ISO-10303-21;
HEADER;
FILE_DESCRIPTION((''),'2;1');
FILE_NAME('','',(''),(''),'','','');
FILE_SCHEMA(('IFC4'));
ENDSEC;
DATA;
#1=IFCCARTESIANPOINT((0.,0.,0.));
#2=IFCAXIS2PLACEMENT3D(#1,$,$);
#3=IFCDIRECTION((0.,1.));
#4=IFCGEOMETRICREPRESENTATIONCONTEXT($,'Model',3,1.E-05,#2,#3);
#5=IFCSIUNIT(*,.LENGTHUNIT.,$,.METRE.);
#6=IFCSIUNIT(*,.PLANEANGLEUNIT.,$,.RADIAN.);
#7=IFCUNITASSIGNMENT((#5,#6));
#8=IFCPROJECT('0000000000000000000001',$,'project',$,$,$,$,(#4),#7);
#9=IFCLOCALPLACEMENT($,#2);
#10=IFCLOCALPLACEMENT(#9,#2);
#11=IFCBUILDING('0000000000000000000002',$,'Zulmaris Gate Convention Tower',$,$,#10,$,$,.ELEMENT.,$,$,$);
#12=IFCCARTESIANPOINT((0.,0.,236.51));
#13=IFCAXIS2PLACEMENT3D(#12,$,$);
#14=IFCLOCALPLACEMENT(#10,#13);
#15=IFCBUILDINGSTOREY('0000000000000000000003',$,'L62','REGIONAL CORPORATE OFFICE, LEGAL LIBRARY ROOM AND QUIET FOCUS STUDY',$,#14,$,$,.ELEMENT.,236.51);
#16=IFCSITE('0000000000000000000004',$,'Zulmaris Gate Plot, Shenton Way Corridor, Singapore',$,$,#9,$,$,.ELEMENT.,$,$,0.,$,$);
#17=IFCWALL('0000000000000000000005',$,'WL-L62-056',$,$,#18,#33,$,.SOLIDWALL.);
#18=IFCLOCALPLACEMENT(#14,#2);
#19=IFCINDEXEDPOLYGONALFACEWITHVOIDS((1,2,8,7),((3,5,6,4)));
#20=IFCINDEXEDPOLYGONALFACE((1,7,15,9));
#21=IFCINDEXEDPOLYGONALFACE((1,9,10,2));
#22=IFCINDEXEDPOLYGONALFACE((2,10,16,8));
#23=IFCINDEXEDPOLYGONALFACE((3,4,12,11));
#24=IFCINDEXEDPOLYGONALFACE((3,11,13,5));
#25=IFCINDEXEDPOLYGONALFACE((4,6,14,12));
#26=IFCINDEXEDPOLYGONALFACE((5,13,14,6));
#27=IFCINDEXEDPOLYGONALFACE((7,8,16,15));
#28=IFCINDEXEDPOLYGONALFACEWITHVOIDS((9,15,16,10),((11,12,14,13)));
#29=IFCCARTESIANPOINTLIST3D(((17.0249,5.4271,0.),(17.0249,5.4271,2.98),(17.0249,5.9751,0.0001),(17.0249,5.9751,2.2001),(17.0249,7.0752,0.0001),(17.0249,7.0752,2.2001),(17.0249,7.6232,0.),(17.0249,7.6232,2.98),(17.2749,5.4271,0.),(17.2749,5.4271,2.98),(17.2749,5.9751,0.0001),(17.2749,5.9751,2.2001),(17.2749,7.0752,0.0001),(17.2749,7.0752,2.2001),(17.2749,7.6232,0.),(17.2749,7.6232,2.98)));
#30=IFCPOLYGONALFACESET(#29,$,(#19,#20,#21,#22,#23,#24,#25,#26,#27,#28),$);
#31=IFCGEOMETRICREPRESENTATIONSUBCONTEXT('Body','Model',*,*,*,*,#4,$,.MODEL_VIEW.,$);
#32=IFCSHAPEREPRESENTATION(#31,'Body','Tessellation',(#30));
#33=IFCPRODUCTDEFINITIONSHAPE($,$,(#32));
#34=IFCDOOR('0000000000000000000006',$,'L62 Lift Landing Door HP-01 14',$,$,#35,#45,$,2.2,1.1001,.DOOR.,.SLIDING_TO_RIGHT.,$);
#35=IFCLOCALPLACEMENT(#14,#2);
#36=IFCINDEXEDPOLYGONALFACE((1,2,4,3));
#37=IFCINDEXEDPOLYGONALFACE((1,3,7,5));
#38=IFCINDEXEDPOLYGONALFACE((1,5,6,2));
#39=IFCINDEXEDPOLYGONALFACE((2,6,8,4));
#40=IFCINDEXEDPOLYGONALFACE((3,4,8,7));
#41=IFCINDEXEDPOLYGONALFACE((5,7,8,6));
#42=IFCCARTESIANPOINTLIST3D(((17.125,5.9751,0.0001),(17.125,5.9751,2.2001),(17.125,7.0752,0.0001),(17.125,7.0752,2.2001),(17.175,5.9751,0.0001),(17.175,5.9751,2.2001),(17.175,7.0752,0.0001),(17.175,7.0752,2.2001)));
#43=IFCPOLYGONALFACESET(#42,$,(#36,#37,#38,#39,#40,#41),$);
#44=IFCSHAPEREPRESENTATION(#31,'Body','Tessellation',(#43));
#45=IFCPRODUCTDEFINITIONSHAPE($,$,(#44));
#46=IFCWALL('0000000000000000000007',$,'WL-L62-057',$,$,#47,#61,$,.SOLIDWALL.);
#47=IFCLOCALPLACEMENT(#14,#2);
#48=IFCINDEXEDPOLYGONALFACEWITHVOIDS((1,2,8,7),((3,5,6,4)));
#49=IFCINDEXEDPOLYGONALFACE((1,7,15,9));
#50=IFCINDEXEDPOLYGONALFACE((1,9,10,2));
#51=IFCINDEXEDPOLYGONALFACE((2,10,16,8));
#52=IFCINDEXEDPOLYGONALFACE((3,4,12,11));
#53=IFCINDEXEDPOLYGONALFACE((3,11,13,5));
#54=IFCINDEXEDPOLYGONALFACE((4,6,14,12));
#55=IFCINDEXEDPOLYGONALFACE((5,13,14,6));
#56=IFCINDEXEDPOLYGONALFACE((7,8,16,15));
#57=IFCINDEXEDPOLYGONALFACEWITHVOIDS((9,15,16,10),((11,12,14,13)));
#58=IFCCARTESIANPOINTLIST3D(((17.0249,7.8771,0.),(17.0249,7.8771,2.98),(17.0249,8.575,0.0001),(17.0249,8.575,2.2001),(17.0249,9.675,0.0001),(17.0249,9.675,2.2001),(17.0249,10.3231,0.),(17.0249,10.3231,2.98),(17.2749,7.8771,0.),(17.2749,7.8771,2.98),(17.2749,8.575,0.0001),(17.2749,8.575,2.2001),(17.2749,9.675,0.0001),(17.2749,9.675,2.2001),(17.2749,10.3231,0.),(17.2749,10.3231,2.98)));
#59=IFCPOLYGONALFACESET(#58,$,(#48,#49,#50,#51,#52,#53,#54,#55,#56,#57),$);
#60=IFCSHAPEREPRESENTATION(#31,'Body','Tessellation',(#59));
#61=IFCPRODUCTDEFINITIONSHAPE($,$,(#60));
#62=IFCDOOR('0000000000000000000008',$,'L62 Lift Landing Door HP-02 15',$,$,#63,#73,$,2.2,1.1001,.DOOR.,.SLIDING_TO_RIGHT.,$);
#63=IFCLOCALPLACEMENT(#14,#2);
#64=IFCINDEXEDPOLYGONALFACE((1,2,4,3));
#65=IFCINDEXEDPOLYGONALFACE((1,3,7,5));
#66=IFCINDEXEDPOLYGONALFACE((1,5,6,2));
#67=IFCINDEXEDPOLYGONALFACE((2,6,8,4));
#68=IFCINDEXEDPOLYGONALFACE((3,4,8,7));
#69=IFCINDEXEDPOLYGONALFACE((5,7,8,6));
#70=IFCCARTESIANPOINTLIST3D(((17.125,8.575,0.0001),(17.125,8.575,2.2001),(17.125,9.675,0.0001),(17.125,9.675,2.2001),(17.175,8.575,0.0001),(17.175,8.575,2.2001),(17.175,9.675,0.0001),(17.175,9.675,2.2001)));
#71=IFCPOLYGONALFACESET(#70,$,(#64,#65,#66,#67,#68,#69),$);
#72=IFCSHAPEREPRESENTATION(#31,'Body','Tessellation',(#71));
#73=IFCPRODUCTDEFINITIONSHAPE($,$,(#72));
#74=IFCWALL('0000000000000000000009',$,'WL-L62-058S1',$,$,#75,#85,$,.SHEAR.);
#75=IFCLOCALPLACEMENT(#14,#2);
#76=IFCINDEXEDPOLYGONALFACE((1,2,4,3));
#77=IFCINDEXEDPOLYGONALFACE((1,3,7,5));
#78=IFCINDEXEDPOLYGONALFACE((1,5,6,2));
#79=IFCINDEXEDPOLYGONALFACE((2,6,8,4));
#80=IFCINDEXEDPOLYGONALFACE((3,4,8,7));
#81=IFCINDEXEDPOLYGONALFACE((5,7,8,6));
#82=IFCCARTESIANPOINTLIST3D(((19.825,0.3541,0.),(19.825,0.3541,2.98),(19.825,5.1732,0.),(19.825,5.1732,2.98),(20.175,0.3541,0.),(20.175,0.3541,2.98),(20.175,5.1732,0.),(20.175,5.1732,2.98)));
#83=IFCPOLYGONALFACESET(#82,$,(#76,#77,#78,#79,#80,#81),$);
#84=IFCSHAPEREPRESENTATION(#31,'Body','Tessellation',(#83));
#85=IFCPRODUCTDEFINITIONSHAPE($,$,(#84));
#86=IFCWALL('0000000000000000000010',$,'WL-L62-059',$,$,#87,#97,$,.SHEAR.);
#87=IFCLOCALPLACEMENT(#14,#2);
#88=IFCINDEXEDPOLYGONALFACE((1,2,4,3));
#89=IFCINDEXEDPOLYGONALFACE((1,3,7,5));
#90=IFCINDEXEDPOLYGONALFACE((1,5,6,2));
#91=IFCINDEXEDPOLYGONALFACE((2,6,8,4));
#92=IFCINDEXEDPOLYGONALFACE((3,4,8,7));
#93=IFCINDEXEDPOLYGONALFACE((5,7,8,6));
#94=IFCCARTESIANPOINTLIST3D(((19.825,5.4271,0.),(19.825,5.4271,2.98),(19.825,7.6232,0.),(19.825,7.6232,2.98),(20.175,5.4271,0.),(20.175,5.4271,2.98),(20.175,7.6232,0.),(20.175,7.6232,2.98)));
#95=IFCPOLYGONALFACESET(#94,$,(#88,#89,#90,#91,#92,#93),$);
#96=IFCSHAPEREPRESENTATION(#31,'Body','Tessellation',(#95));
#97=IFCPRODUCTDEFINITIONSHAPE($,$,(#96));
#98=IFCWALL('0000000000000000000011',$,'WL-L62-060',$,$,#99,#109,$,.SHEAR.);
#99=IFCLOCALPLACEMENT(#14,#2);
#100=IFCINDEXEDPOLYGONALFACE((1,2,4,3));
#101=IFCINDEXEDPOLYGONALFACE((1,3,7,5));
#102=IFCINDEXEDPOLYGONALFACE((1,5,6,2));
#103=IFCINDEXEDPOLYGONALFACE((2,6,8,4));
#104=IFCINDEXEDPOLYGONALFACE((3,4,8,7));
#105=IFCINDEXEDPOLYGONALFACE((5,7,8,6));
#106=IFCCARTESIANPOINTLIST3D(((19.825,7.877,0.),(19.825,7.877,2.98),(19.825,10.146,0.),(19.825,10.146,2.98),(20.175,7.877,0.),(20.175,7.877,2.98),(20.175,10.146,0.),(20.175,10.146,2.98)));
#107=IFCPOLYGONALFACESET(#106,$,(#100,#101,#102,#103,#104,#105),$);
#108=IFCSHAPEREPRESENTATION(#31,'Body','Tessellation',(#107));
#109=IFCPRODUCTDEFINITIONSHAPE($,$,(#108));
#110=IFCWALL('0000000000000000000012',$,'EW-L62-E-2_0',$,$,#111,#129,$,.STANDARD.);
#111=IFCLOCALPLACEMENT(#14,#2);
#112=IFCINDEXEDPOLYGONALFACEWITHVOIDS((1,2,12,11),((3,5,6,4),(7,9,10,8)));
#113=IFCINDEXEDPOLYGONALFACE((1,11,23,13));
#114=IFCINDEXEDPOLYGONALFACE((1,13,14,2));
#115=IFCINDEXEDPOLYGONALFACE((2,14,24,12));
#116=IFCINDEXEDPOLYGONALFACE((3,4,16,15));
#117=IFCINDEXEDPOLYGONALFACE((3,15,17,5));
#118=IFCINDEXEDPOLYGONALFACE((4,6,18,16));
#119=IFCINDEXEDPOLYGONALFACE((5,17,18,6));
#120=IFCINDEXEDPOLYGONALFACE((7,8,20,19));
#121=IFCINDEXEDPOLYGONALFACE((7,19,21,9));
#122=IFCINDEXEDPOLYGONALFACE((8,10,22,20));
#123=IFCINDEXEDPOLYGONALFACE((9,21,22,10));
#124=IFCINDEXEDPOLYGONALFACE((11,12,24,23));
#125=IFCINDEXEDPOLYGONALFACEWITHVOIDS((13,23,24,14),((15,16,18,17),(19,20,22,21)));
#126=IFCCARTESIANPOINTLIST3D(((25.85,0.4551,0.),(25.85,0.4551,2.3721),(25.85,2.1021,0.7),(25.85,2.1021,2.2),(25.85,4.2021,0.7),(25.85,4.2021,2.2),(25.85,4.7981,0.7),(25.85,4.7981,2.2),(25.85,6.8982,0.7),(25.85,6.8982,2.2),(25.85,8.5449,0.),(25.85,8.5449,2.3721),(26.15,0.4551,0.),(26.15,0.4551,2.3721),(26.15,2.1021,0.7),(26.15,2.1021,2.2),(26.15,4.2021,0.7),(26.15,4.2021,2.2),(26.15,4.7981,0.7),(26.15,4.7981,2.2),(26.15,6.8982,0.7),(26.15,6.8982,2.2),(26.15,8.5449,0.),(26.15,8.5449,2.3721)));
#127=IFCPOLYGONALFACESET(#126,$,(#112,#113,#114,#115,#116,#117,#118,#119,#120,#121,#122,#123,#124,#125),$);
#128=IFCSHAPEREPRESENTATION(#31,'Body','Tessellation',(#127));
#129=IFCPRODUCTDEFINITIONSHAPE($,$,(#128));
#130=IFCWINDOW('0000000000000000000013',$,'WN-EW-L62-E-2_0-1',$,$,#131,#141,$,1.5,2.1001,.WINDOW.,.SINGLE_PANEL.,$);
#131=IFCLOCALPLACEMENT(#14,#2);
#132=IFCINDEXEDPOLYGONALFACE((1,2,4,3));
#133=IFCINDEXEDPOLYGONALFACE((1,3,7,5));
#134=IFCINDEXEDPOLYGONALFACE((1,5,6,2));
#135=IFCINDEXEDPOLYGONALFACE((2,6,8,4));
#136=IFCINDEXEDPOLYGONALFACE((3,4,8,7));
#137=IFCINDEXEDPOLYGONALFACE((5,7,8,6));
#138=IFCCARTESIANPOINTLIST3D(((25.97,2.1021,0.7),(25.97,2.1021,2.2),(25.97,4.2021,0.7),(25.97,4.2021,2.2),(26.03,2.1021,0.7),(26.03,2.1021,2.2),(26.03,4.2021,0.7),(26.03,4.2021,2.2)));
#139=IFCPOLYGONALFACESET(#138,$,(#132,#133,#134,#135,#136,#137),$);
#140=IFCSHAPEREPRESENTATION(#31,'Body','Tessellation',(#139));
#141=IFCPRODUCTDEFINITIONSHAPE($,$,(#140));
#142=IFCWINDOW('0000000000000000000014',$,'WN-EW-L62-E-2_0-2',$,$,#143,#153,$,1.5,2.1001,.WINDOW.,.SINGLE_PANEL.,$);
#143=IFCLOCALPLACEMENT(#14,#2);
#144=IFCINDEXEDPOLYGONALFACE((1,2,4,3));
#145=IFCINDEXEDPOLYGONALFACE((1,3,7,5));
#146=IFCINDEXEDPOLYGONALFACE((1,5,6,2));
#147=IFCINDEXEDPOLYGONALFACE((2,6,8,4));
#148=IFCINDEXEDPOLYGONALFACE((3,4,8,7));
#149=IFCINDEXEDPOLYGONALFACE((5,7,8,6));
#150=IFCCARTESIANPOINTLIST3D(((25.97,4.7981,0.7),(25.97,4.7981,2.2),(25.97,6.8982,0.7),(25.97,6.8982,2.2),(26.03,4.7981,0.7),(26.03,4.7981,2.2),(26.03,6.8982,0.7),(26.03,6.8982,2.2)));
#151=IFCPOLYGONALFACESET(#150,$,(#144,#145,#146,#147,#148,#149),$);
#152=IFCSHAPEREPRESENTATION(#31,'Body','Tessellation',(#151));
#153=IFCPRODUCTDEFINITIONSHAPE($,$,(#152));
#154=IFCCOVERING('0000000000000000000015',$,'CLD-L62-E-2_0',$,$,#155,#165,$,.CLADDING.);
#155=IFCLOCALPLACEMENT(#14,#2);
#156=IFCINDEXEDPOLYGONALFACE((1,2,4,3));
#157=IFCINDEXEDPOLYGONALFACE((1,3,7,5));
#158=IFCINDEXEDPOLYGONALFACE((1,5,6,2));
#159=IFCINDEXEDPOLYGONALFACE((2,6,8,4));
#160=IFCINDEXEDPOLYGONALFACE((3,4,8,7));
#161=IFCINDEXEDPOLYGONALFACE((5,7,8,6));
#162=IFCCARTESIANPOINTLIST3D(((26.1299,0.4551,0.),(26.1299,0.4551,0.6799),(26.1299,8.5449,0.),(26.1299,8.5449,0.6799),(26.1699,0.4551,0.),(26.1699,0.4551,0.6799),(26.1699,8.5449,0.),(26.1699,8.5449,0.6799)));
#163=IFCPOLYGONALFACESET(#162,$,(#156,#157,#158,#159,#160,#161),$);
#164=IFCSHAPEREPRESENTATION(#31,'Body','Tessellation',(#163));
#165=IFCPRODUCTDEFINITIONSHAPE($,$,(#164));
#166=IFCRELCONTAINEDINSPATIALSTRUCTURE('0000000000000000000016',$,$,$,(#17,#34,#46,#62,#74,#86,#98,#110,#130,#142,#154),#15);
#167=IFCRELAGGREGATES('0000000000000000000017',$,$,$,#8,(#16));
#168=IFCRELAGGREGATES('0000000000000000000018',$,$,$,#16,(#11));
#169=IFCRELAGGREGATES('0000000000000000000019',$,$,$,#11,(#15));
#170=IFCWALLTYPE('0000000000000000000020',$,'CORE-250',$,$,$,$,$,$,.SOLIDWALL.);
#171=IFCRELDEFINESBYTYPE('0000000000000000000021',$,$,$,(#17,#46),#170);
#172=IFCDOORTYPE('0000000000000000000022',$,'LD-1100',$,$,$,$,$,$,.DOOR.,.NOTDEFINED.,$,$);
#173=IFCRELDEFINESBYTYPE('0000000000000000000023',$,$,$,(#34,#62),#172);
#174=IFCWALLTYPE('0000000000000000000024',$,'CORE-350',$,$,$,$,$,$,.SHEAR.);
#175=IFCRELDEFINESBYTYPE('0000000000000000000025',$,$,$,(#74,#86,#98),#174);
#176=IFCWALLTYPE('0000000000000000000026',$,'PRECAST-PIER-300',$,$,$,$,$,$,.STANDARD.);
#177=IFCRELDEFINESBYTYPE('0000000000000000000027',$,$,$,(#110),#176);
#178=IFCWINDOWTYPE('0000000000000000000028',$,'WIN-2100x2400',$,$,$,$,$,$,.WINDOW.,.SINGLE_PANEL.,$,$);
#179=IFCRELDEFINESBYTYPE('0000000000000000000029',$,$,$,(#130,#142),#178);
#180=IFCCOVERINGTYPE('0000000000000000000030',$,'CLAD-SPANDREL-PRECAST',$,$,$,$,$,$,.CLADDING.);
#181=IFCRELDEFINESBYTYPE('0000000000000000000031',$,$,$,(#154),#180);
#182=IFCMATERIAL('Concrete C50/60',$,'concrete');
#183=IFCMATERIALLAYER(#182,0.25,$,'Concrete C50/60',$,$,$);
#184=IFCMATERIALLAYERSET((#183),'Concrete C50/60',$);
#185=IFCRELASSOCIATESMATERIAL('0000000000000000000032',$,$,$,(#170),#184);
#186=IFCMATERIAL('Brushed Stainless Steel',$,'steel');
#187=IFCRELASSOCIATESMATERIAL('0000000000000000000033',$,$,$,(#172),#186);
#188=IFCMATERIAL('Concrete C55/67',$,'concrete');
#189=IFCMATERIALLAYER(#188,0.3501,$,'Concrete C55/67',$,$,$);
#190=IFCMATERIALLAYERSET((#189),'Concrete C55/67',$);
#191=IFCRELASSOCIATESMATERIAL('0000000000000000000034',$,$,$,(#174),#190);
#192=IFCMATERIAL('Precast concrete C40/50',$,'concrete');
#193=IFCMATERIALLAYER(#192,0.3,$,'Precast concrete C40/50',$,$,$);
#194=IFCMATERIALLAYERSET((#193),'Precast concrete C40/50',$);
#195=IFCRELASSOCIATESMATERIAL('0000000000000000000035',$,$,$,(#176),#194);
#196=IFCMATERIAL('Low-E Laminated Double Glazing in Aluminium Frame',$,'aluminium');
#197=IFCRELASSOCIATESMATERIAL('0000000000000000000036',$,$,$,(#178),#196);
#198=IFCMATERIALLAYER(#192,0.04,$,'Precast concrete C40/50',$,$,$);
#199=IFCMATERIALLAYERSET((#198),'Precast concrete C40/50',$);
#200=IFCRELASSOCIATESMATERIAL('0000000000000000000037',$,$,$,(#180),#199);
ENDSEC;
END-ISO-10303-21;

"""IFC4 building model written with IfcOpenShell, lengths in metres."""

from ifc_helpers import new_model, si_unit, direction, frame, frame_2d, origin, place, context, subcontext, project, spatial, rectangle, extrude, material, layer, layer_set, type_object, element, fill, save


model = new_model("IFC4")

# Units and contexts
model_context = context("Model", 3, precision=1e-05, world=origin(), true_north=direction((0.0, 1.0)))
body_context = subcontext(model_context, "Body", "Model", "MODEL_VIEW")
ifc_project = project(units=[si_unit("LENGTHUNIT", "METRE"), si_unit("PLANEANGLEUNIT", "RADIAN")], contexts=[model_context])

# Site, building, storey
site_placement = place(None, origin())
site = spatial("IfcSite", under=ifc_project, at=site_placement, Name="Zulmaris Gate Plot, Shenton Way Corridor, Singapore", CompositionType="ELEMENT", RefElevation=0.0)
building_placement = place(site_placement, origin())
building = spatial("IfcBuilding", under=site, at=building_placement, Name="Zulmaris Gate Convention Tower", CompositionType="ELEMENT")
storey_placement = place(building_placement, frame((0.0, 0.0, 236.51)))
storey = spatial("IfcBuildingStorey", under=building, at=storey_placement, Name="L62", Description="REGIONAL CORPORATE OFFICE, LEGAL LIBRARY ROOM AND QUIET FOCUS STUDY", CompositionType="ELEMENT", Elevation=236.51)

# Shared definitions
ifc_material_1 = material(Name="Concrete C50/60", Category="concrete")

# Shared definitions
ifc_layer_1 = layer(ifc_material_1, 0.25, Name="Concrete C50/60")
ifc_layer_set_1 = layer_set([ifc_layer_1], Name="Concrete C50/60")
wall_type_1 = type_object("IfcWallType", Name="CORE-250", PredefinedType="SOLIDWALL", material=ifc_layer_set_1)

# Walls, openings, doors
wall_1_placement = place(storey_placement, frame((17.1499, 5.427, 0.0), z_axis=(0.0, 0.0, 1.0), x_axis=(0.0, 1.0, 0.0)))
wall_1 = element("IfcWall", 1, at=wall_1_placement, inside=storey, type_object=wall_type_1, Name="WL-L62-056", PredefinedType="SOLIDWALL", context=body_context, shape_type="SweptSolid", body=[
    extrude(rectangle(XDim=2.196, YDim=0.25, at=frame_2d((1.0981, 0.0))), origin(), (0.0, 0.0, 1.0), 2.98),
])
opening_1_placement = place(wall_1_placement, frame((0.5481, 0.0, 0.0)))
opening_1 = element("IfcOpeningElement", 2, at=opening_1_placement, cuts=wall_1, PredefinedType="OPENING", context=body_context, shape_type="SweptSolid", body=[
    extrude(rectangle(XDim=1.1001, YDim=2.2, at=frame_2d((0.55, 1.1001))), frame((0.0, 0.135, 0.0), z_axis=(0.0, -1.0, 0.0), x_axis=(1.0, 0.0, 0.0)), (0.0, 0.0, 1.0), 0.27),
])
ifc_material_2 = material(Name="Brushed Stainless Steel", Category="steel")
door_type = type_object("IfcDoorType", Name="LD-1100", OperationType="NOTDEFINED", PredefinedType="DOOR", material=ifc_material_2)
door_1_placement = place(opening_1_placement, origin())
door_1 = element("IfcDoor", 3, at=door_1_placement, inside=storey, type_object=door_type, Name="L62 Lift Landing Door HP-01 14", OperationType="SLIDING_TO_RIGHT", OverallHeight=2.2, OverallWidth=1.1001, PredefinedType="DOOR", context=body_context, shape_type="SweptSolid", body=[
    extrude(rectangle(XDim=1.1001, YDim=2.2, at=frame_2d((0.55, 1.1001))), frame((0.0, 0.0249, 0.0), z_axis=(0.0, -1.0, 0.0), x_axis=(1.0, 0.0, 0.0)), (0.0, 0.0, 1.0), 0.05),
])
fill(opening_1, door_1)
wall_2_placement = place(storey_placement, frame((17.1499, 7.877, 0.0), z_axis=(0.0, 0.0, 1.0), x_axis=(0.0, 1.0, 0.0)))
wall_2 = element("IfcWall", 4, at=wall_2_placement, inside=storey, type_object=wall_type_1, Name="WL-L62-057", PredefinedType="SOLIDWALL", context=body_context, shape_type="SweptSolid", body=[
    extrude(rectangle(XDim=2.446, YDim=0.25, at=frame_2d((1.2231, 0.0))), origin(), (0.0, 0.0, 1.0), 2.98),
])
opening_2_placement = place(wall_2_placement, frame((0.698, 0.0, 0.0)))
opening_2 = element("IfcOpeningElement", 5, at=opening_2_placement, cuts=wall_2, PredefinedType="OPENING", context=body_context, shape_type="SweptSolid", body=[
    extrude(rectangle(XDim=1.1001, YDim=2.2, at=frame_2d((0.55, 1.1001))), frame((0.0, 0.135, 0.0), z_axis=(0.0, -1.0, 0.0), x_axis=(1.0, 0.0, 0.0)), (0.0, 0.0, 1.0), 0.27),
])
door_2_placement = place(opening_2_placement, origin())
door_2 = element("IfcDoor", 6, at=door_2_placement, inside=storey, type_object=door_type, Name="L62 Lift Landing Door HP-02 15", OperationType="SLIDING_TO_RIGHT", OverallHeight=2.2, OverallWidth=1.1001, PredefinedType="DOOR", context=body_context, shape_type="SweptSolid", body=[
    extrude(rectangle(XDim=1.1001, YDim=2.2, at=frame_2d((0.55, 1.1001))), frame((0.0, 0.0249, 0.0), z_axis=(0.0, -1.0, 0.0), x_axis=(1.0, 0.0, 0.0)), (0.0, 0.0, 1.0), 0.05),
])
fill(opening_2, door_2)

# Walls
ifc_material_3 = material(Name="Concrete C55/67", Category="concrete")
ifc_layer_2 = layer(ifc_material_3, 0.3501, Name="Concrete C55/67")
ifc_layer_set_2 = layer_set([ifc_layer_2], Name="Concrete C55/67")
wall_type_2 = type_object("IfcWallType", Name="CORE-350", PredefinedType="SHEAR", material=ifc_layer_set_2)
wall_3_placement = place(storey_placement, frame((20.0, 0.354, 0.0), z_axis=(0.0, 0.0, 1.0), x_axis=(0.0, 1.0, 0.0)))
element("IfcWall", 7, at=wall_3_placement, inside=storey, type_object=wall_type_2, Name="WL-L62-058S1", PredefinedType="SHEAR", context=body_context, shape_type="SweptSolid", body=[
    extrude(rectangle(XDim=4.8191, YDim=0.3501, at=frame_2d((2.4097, 0.0))), origin(), (0.0, 0.0, 1.0), 2.98),
])
wall_4_placement = place(storey_placement, frame((20.0, 5.427, 0.0), z_axis=(0.0, 0.0, 1.0), x_axis=(0.0, 1.0, 0.0)))
element("IfcWall", 8, at=wall_4_placement, inside=storey, type_object=wall_type_2, Name="WL-L62-059", PredefinedType="SHEAR", context=body_context, shape_type="SweptSolid", body=[
    extrude(rectangle(XDim=2.196, YDim=0.3501, at=frame_2d((1.0981, 0.0))), origin(), (0.0, 0.0, 1.0), 2.98),
])
wall_5_placement = place(storey_placement, frame((20.0, 7.877, 0.0), z_axis=(0.0, 0.0, 1.0), x_axis=(0.0, 1.0, 0.0)))
element("IfcWall", 9, at=wall_5_placement, inside=storey, type_object=wall_type_2, Name="WL-L62-060", PredefinedType="SHEAR", context=body_context, shape_type="SweptSolid", body=[
    extrude(rectangle(XDim=2.269, YDim=0.3501, at=frame_2d((1.1345, 0.0))), origin(), (0.0, 0.0, 1.0), 2.98),
])

# Wall, openings, windows
ifc_material_4 = material(Name="Precast concrete C40/50", Category="concrete")
ifc_layer_3 = layer(ifc_material_4, 0.3, Name="Precast concrete C40/50")
ifc_layer_set_3 = layer_set([ifc_layer_3], Name="Precast concrete C40/50")
wall_type_3 = type_object("IfcWallType", Name="PRECAST-PIER-300", PredefinedType="STANDARD", material=ifc_layer_set_3)
wall_6_placement = place(storey_placement, frame((26.0, 0.4551, 0.0), z_axis=(0.0, 0.0, 1.0), x_axis=(0.0, 1.0, 0.0)))
wall_6 = element("IfcWall", 10, at=wall_6_placement, inside=storey, type_object=wall_type_3, Name="EW-L62-E-2_0", PredefinedType="STANDARD", context=body_context, shape_type="SweptSolid", body=[
    extrude(rectangle(XDim=8.0898, YDim=0.3, at=frame_2d((4.0449, 0.0))), origin(), (0.0, 0.0, 1.0), 2.3721),
])
opening_3_placement = place(wall_6_placement, frame((1.647, 0.0, 0.7)))
opening_3 = element("IfcOpeningElement", 11, at=opening_3_placement, cuts=wall_6, PredefinedType="OPENING", context=body_context, shape_type="SweptSolid", body=[
    extrude(rectangle(XDim=2.1001, YDim=1.5, at=frame_2d((1.05, 0.75))), frame((0.0, 0.1602, 0.0), z_axis=(0.0, -1.0, 0.0), x_axis=(1.0, 0.0, 0.0)), (0.0, 0.0, 1.0), 0.3201),
])
opening_4_placement = place(wall_6_placement, frame((4.343, 0.0, 0.7)))
opening_4 = element("IfcOpeningElement", 12, at=opening_4_placement, cuts=wall_6, PredefinedType="OPENING", context=body_context, shape_type="SweptSolid", body=[
    extrude(rectangle(XDim=2.1001, YDim=1.5, at=frame_2d((1.05, 0.75))), frame((0.0, 0.1602, 0.0), z_axis=(0.0, -1.0, 0.0), x_axis=(1.0, 0.0, 0.0)), (0.0, 0.0, 1.0), 0.3201),
])
ifc_material_5 = material(Name="Low-E Laminated Double Glazing in Aluminium Frame", Category="aluminium")
window_type = type_object("IfcWindowType", Name="WIN-2100x2400", PartitioningType="SINGLE_PANEL", PredefinedType="WINDOW", material=ifc_material_5)
window_1_placement = place(opening_3_placement, origin())
window_1 = element("IfcWindow", 13, at=window_1_placement, inside=storey, type_object=window_type, Name="WN-EW-L62-E-2_0-1", OverallHeight=1.5, OverallWidth=2.1001, PartitioningType="SINGLE_PANEL", PredefinedType="WINDOW", context=body_context, shape_type="SweptSolid", body=[
    extrude(rectangle(XDim=2.1001, YDim=1.5, at=frame_2d((1.05, 0.75))), frame((0.0, 0.03, 0.0), z_axis=(0.0, -1.0, 0.0), x_axis=(1.0, 0.0, 0.0)), (0.0, 0.0, 1.0), 0.0601),
])
fill(opening_3, window_1)
window_2_placement = place(opening_4_placement, origin())
window_2 = element("IfcWindow", 14, at=window_2_placement, inside=storey, type_object=window_type, Name="WN-EW-L62-E-2_0-2", OverallHeight=1.5, OverallWidth=2.1001, PartitioningType="SINGLE_PANEL", PredefinedType="WINDOW", context=body_context, shape_type="SweptSolid", body=[
    extrude(rectangle(XDim=2.1001, YDim=1.5, at=frame_2d((1.05, 0.75))), frame((0.0, 0.03, 0.0), z_axis=(0.0, -1.0, 0.0), x_axis=(1.0, 0.0, 0.0)), (0.0, 0.0, 1.0), 0.0601),
])
fill(opening_4, window_2)

# Covering
ifc_layer_4 = layer(ifc_material_4, 0.04, Name="Precast concrete C40/50")
ifc_layer_set_4 = layer_set([ifc_layer_4], Name="Precast concrete C40/50")
covering_type = type_object("IfcCoveringType", Name="CLAD-SPANDREL-PRECAST", PredefinedType="CLADDING", material=ifc_layer_set_4)
covering_placement = place(storey_placement, frame((26.1499, 0.4551, 0.0), z_axis=(0.0, 0.0, 1.0), x_axis=(0.0, 1.0, 0.0)))
element("IfcCovering", 15, at=covering_placement, inside=storey, type_object=covering_type, Name="CLD-L62-E-2_0", PredefinedType="CLADDING", context=body_context, shape_type="SweptSolid", body=[
    extrude(rectangle(XDim=8.0898, YDim=0.04, at=frame_2d((4.0449, 0.0))), origin(), (0.0, 0.0, 1.0), 0.6799),
])

save(model, "model.ifc")
